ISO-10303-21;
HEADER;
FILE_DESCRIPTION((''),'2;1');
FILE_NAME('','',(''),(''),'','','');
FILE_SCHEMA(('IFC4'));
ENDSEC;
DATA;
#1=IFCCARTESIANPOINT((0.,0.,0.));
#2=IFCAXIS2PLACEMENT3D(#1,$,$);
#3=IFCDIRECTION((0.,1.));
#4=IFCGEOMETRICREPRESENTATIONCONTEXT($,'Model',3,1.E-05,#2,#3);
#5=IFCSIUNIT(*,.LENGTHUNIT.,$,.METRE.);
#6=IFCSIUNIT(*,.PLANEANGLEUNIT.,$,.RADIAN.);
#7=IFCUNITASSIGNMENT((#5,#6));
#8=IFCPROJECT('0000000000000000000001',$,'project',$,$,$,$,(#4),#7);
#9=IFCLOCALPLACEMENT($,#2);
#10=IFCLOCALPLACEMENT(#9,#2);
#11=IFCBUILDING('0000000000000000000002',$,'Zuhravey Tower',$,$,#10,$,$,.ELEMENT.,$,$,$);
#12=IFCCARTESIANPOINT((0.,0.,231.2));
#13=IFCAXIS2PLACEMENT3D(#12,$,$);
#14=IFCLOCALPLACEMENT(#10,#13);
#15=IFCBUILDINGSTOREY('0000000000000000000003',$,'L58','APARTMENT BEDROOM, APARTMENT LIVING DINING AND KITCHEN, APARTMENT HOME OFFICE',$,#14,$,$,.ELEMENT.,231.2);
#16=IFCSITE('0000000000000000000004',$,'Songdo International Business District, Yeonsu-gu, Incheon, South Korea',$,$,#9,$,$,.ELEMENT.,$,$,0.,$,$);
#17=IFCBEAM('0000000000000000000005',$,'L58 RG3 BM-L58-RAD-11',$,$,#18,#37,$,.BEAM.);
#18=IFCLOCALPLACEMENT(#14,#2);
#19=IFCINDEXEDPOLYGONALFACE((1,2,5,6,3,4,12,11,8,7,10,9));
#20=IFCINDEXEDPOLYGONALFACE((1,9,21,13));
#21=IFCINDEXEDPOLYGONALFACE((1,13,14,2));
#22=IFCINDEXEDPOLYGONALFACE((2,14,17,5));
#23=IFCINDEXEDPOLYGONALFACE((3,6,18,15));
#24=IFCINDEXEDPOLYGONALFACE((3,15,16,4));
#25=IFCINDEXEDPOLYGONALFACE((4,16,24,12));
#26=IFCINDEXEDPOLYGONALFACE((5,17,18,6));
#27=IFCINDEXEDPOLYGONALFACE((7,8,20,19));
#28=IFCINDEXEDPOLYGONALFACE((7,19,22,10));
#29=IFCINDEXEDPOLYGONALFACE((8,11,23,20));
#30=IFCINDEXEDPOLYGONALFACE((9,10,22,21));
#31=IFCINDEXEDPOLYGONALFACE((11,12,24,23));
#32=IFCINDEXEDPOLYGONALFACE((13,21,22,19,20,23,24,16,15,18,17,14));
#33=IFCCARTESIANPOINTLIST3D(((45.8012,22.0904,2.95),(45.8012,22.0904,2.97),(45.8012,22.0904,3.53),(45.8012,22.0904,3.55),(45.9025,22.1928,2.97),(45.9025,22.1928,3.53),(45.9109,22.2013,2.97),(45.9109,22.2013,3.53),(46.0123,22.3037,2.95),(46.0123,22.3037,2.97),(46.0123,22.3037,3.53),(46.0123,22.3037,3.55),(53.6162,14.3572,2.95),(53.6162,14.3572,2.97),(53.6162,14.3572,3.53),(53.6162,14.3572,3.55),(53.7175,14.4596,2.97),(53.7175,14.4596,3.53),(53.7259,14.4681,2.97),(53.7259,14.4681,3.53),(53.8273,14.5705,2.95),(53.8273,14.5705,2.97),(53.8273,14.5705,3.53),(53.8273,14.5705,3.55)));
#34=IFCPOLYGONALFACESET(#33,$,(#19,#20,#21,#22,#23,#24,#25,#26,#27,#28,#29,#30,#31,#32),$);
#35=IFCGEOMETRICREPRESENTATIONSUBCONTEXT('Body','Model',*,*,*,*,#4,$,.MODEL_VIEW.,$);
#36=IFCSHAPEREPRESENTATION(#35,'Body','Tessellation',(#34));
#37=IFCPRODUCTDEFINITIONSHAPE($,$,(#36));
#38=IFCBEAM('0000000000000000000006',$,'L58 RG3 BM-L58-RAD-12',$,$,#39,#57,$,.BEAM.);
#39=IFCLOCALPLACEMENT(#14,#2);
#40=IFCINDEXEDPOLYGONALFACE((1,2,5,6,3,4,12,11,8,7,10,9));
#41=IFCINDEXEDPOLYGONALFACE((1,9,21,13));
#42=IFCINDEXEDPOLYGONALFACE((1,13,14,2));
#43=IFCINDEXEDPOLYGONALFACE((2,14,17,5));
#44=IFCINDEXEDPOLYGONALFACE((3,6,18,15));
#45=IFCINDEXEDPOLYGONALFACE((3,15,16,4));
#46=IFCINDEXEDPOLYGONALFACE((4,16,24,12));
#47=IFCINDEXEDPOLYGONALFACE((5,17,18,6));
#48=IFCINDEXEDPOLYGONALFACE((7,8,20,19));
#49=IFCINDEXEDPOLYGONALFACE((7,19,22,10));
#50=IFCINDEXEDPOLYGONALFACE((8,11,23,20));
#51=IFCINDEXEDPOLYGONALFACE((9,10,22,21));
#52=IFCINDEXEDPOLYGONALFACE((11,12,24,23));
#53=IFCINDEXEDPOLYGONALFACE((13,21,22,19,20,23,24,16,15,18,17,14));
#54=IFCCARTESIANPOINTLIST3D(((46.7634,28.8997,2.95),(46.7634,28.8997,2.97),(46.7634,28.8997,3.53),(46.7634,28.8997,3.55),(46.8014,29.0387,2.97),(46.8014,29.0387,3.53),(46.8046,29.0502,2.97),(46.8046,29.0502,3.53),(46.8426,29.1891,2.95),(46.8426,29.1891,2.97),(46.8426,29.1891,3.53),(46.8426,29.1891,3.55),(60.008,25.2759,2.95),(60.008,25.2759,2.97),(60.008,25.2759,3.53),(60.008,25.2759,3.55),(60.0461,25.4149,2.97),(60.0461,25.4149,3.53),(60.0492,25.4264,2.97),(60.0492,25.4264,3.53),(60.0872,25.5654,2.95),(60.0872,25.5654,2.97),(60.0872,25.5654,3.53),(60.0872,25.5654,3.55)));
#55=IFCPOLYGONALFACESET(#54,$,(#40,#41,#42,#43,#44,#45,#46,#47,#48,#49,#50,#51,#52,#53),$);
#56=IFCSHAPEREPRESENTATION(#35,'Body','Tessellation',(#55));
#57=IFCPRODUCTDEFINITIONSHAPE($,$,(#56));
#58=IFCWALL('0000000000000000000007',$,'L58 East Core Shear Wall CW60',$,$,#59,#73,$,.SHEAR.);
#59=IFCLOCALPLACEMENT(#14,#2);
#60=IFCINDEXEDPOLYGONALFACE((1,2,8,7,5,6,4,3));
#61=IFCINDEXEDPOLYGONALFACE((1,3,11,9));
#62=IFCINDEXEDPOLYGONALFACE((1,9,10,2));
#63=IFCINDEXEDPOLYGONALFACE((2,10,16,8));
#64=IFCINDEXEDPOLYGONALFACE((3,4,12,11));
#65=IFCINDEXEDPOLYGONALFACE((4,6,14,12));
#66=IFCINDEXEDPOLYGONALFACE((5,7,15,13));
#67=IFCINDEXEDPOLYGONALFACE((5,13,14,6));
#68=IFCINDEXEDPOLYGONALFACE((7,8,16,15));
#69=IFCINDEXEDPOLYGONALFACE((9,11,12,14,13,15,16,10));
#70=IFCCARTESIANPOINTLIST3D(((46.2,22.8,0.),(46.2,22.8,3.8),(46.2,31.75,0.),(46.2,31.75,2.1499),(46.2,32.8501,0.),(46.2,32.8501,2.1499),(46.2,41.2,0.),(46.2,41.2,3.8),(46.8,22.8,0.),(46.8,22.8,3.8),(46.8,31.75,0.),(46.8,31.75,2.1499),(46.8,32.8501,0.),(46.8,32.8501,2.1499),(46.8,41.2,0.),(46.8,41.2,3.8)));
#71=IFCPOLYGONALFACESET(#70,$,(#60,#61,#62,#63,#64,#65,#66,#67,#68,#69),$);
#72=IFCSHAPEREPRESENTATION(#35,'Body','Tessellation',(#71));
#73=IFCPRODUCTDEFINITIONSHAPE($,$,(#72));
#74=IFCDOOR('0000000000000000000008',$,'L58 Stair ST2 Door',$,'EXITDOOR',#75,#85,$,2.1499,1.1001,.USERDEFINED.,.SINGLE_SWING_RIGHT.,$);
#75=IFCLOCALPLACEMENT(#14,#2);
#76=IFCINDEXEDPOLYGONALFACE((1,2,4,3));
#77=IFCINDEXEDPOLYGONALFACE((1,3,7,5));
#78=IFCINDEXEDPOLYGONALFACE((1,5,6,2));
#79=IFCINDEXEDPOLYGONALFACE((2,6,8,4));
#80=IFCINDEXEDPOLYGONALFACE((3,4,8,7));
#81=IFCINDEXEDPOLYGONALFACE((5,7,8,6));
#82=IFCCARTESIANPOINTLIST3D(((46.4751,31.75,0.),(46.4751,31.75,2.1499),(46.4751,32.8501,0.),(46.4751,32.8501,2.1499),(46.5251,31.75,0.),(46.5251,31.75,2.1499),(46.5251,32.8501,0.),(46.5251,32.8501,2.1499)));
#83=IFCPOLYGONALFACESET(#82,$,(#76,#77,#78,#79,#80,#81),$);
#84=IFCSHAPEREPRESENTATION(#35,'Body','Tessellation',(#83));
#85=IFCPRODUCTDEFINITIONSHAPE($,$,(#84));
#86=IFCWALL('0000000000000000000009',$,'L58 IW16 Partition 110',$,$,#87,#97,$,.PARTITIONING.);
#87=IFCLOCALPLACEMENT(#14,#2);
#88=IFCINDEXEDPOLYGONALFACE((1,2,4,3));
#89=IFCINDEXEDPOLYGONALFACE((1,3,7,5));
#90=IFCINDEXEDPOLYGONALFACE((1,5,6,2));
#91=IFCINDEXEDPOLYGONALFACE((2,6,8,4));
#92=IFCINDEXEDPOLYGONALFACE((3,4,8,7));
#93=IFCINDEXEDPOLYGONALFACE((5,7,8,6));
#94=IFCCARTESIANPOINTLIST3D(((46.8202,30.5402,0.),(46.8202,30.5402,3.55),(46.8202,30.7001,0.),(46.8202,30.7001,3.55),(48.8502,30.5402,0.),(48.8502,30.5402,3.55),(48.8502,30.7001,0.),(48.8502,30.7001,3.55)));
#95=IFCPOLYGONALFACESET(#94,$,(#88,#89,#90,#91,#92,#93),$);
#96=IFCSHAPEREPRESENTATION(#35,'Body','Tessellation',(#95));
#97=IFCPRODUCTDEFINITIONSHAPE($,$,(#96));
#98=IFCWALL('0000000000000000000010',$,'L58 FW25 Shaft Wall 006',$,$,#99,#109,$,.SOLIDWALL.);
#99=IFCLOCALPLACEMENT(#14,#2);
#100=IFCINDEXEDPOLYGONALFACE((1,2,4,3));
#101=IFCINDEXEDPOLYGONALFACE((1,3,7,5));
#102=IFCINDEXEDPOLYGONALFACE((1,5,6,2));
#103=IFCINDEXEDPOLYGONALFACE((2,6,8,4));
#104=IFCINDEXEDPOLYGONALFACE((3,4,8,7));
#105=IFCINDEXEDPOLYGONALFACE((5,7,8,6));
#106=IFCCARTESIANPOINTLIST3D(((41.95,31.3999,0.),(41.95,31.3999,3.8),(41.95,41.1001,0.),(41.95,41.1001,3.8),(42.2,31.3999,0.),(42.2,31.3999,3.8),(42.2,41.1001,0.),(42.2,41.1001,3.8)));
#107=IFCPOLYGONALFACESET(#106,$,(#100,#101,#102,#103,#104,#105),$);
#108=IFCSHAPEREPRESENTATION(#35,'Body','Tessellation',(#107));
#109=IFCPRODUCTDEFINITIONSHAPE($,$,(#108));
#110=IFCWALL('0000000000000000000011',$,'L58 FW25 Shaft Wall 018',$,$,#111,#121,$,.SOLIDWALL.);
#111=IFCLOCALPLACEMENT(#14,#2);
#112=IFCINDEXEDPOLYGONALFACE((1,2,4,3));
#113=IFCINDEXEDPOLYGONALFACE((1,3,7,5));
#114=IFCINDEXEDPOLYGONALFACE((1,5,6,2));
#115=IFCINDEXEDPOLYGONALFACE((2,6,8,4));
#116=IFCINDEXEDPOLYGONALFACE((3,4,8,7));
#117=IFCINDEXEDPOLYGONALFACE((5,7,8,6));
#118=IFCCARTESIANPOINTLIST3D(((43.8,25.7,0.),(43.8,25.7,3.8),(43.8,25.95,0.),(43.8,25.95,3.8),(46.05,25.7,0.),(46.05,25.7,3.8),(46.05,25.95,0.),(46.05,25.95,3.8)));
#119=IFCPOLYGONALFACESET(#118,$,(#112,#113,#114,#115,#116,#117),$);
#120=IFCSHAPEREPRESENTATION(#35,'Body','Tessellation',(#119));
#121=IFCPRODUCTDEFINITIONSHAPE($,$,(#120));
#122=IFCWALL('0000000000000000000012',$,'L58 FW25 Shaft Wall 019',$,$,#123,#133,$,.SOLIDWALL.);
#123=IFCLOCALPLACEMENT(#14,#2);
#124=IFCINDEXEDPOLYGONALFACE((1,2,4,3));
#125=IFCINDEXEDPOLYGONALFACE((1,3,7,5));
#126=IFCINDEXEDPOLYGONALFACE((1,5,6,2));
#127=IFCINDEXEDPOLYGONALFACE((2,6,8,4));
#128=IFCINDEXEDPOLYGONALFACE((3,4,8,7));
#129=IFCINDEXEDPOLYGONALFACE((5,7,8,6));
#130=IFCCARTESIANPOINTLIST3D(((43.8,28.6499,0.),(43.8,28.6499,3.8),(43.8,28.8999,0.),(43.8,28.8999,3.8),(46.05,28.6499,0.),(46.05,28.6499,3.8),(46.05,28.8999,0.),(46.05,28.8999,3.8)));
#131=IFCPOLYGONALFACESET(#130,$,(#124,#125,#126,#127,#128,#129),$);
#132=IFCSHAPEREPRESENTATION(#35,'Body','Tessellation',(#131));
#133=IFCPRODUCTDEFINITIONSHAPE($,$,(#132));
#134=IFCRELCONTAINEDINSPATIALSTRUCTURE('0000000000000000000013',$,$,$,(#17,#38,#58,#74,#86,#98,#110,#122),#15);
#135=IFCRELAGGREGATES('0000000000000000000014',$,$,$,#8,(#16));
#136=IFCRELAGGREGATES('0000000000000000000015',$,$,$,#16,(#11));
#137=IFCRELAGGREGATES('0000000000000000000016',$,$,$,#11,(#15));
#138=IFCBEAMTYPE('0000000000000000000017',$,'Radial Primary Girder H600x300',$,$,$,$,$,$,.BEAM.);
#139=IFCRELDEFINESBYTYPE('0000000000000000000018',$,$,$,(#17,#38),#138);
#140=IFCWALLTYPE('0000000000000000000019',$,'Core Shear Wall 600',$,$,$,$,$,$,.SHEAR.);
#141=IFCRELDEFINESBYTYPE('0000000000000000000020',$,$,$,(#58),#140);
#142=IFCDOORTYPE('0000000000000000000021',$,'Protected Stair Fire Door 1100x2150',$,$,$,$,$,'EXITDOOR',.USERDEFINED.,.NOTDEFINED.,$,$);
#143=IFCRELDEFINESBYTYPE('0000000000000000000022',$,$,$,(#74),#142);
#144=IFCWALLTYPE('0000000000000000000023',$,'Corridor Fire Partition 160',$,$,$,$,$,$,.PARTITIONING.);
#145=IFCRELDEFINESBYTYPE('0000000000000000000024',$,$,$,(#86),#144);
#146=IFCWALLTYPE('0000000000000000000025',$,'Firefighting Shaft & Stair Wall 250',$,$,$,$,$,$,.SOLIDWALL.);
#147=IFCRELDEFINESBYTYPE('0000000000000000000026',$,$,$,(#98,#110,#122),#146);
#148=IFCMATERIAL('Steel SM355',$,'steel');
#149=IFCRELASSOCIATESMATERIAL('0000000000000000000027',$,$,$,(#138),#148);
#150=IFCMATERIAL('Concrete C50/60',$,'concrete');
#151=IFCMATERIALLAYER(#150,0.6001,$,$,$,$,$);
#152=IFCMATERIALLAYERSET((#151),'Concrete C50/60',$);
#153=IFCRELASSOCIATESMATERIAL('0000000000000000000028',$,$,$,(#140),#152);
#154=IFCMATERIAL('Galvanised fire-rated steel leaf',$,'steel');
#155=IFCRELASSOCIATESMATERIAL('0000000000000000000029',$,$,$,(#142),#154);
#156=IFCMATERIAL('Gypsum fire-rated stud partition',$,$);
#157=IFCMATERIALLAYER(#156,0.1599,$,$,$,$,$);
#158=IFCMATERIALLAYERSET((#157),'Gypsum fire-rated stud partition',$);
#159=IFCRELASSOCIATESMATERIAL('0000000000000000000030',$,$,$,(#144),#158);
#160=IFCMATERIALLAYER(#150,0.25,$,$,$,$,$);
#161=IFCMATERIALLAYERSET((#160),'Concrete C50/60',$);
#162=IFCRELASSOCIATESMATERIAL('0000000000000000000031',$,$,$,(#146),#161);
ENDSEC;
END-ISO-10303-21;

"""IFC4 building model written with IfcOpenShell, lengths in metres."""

from ifc_helpers import new_model, si_unit, direction, frame, frame_2d, origin, origin_2d, place, context, subcontext, project, spatial, rectangle, i_section, extrude, material, layer, layer_set, material_profile, profile_set, type_object, element, fill, save


model = new_model("IFC4")

# Units and contexts
model_context = context("Model", 3, precision=1e-05, world=origin(), true_north=direction((0.0, 1.0)))
body_context = subcontext(model_context, "Body", "Model", "MODEL_VIEW")
ifc_project = project(units=[si_unit("LENGTHUNIT", "METRE"), si_unit("PLANEANGLEUNIT", "RADIAN")], contexts=[model_context])

# Site, building, storey
site_placement = place(None, origin())
site = spatial("IfcSite", under=ifc_project, at=site_placement, Name="Songdo International Business District, Yeonsu-gu, Incheon, South Korea", CompositionType="ELEMENT", RefElevation=0.0)
building_placement = place(site_placement, origin())
building = spatial("IfcBuilding", under=site, at=building_placement, Name="Zuhravey Tower", CompositionType="ELEMENT")
storey_placement = place(building_placement, frame((0.0, 0.0, 231.2)))
storey = spatial("IfcBuildingStorey", under=building, at=storey_placement, Name="L58", Description="APARTMENT BEDROOM, APARTMENT LIVING DINING AND KITCHEN, APARTMENT HOME OFFICE", CompositionType="ELEMENT", Elevation=231.2)

# Beams
ifc_material_1 = material(Name="Steel SM355", Category="steel")
ifc_material_profile = material_profile(ifc_material_1, i_section(OverallWidth=0.3, OverallDepth=0.6001, WebThickness=0.012, FlangeThickness=0.02, at=origin_2d()), Name="H-600x300x12x20")
ifc_profile_set = profile_set([ifc_material_profile], Name="Steel SM355")
beam_type = type_object("IfcBeamType", Name="Radial Primary Girder H600x300", PredefinedType="BEAM", material=ifc_profile_set)
beam_1_placement = place(storey_placement, frame((45.9067, 22.197, 3.25), z_axis=(0.710817, -0.703377, 0.0), x_axis=(0.703377, 0.710817, 0.0)))
element("IfcBeam", 1, at=beam_1_placement, inside=storey, type_object=beam_type, Name="L58 RG3 BM-L58-RAD-11", PredefinedType="BEAM", context=body_context, shape_type="SweptSolid", body=[
    extrude(i_section(OverallWidth=0.3, OverallDepth=0.6001, WebThickness=0.012, FlangeThickness=0.02, at=origin_2d()), origin(), (0.0, 0.0, 1.0), 10.9944),
])
beam_2_placement = place(storey_placement, frame((46.803, 29.0444, 3.25), z_axis=(0.964549, -0.263904, 0.0), x_axis=(0.263904, 0.964549, 0.0)))
element("IfcBeam", 2, at=beam_2_placement, inside=storey, type_object=beam_type, Name="L58 RG3 BM-L58-RAD-12", PredefinedType="BEAM", context=body_context, shape_type="SweptSolid", body=[
    extrude(i_section(OverallWidth=0.3, OverallDepth=0.6001, WebThickness=0.012, FlangeThickness=0.02, at=origin_2d()), origin(), (0.0, 0.0, 1.0), 13.7314),
])

# Wall, opening, door
ifc_material_2 = material(Name="Concrete C50/60", Category="concrete")
ifc_layer_1 = layer(ifc_material_2, 0.6001)
ifc_layer_set_1 = layer_set([ifc_layer_1], Name="Concrete C50/60")
wall_type_1 = type_object("IfcWallType", Name="Core Shear Wall 600", PredefinedType="SHEAR", material=ifc_layer_set_1)
wall_1_placement = place(storey_placement, frame((46.5, 22.8, 0.0), z_axis=(0.0, 0.0, 1.0), x_axis=(0.0, 1.0, 0.0)))
wall_1 = element("IfcWall", 3, at=wall_1_placement, inside=storey, type_object=wall_type_1, Name="L58 East Core Shear Wall CW60", PredefinedType="SHEAR", context=body_context, shape_type="SweptSolid", body=[
    extrude(rectangle(XDim=18.3999, YDim=0.6001, at=frame_2d((9.2, 0.0))), origin(), (0.0, 0.0, 1.0), 3.8),
])
opening_1_placement = place(wall_1_placement, frame((8.95, 0.0, 0.0)))
opening_1 = element("IfcOpeningElement", 4, at=opening_1_placement, cuts=wall_1, PredefinedType="OPENING", context=body_context, shape_type="SweptSolid", body=[
    extrude(rectangle(XDim=1.1001, YDim=2.1499, at=frame_2d((0.55, 1.075))), frame((0.0, 0.312, 0.0), z_axis=(0.0, -1.0, 0.0), x_axis=(1.0, 0.0, 0.0)), (0.0, 0.0, 1.0), 0.624),
])
ifc_material_3 = material(Name="Galvanised fire-rated steel leaf", Category="steel")
door_type_1 = type_object("IfcDoorType", Name="Protected Stair Fire Door 1100x2150", ElementType="EXITDOOR", OperationType="NOTDEFINED", PredefinedType="USERDEFINED", material=ifc_material_3)
door_1_placement = place(opening_1_placement, origin())
door_1 = element("IfcDoor", 5, at=door_1_placement, inside=storey, type_object=door_type_1, Name="L58 Stair ST2 Door", ObjectType="EXITDOOR", OperationType="SINGLE_SWING_RIGHT", OverallHeight=2.1499, OverallWidth=1.1001, PredefinedType="USERDEFINED", context=body_context, shape_type="SweptSolid", body=[
    extrude(rectangle(XDim=1.1001, YDim=2.1499, at=frame_2d((0.55, 1.075))), frame((0.0, 0.0249, 0.0), z_axis=(0.0, -1.0, 0.0), x_axis=(1.0, 0.0, 0.0)), (0.0, 0.0, 1.0), 0.05),
])
fill(opening_1, door_1)

# Walls
ifc_material_4 = material(Name="Gypsum fire-rated stud partition")
ifc_layer_2 = layer(ifc_material_4, 0.1599)
ifc_layer_set_2 = layer_set([ifc_layer_2], Name="Gypsum fire-rated stud partition")
wall_type_2 = type_object("IfcWallType", Name="Corridor Fire Partition 160", PredefinedType="PARTITIONING", material=ifc_layer_set_2)
wall_2_placement = place(storey_placement, frame((46.8201, 30.6201, 0.0), z_axis=(0.0, 0.0, 1.0), x_axis=(1.0, 0.0, 0.0)))
element("IfcWall", 6, at=wall_2_placement, inside=storey, type_object=wall_type_2, Name="L58 IW16 Partition 110", PredefinedType="PARTITIONING", context=body_context, shape_type="SweptSolid", body=[
    extrude(rectangle(XDim=2.03, YDim=0.1599, at=frame_2d((1.0151, 0.0))), origin(), (0.0, 0.0, 1.0), 3.55),
])
ifc_layer_3 = layer(ifc_material_2, 0.25)
ifc_layer_set_3 = layer_set([ifc_layer_3], Name="Concrete C50/60")
wall_type_3 = type_object("IfcWallType", Name="Firefighting Shaft & Stair Wall 250", PredefinedType="SOLIDWALL", material=ifc_layer_set_3)
wall_3_placement = place(storey_placement, frame((42.075, 31.3999, 0.0), z_axis=(0.0, 0.0, 1.0), x_axis=(0.0, 1.0, 0.0)))
element("IfcWall", 7, at=wall_3_placement, inside=storey, type_object=wall_type_3, Name="L58 FW25 Shaft Wall 006", PredefinedType="SOLIDWALL", context=body_context, shape_type="SweptSolid", body=[
    extrude(rectangle(XDim=9.7002, YDim=0.25, at=frame_2d((4.8501, 0.0))), origin(), (0.0, 0.0, 1.0), 3.8),
])
for number, where, z_axis, x_axis, name in (
    (8, (43.8, 25.825, 0.0), (0.0, 0.0, 1.0), (1.0, 0.0, 0.0), "L58 FW25 Shaft Wall 018"),
    (9, (43.8, 28.7749, 0.0), (0.0, 0.0, 1.0), (1.0, 0.0, 0.0), "L58 FW25 Shaft Wall 019"),
):
    element("IfcWall", number, at=place(storey_placement, frame(where, z_axis=z_axis, x_axis=x_axis)), inside=storey, type_object=wall_type_3, Name=name, PredefinedType="SOLIDWALL", context=body_context, shape_type="SweptSolid", body=[
        extrude(rectangle(XDim=2.25, YDim=0.25, at=frame_2d((1.125, 0.0))), origin(), (0.0, 0.0, 1.0), 3.8),
    ])

save(model, "model.ifc")
